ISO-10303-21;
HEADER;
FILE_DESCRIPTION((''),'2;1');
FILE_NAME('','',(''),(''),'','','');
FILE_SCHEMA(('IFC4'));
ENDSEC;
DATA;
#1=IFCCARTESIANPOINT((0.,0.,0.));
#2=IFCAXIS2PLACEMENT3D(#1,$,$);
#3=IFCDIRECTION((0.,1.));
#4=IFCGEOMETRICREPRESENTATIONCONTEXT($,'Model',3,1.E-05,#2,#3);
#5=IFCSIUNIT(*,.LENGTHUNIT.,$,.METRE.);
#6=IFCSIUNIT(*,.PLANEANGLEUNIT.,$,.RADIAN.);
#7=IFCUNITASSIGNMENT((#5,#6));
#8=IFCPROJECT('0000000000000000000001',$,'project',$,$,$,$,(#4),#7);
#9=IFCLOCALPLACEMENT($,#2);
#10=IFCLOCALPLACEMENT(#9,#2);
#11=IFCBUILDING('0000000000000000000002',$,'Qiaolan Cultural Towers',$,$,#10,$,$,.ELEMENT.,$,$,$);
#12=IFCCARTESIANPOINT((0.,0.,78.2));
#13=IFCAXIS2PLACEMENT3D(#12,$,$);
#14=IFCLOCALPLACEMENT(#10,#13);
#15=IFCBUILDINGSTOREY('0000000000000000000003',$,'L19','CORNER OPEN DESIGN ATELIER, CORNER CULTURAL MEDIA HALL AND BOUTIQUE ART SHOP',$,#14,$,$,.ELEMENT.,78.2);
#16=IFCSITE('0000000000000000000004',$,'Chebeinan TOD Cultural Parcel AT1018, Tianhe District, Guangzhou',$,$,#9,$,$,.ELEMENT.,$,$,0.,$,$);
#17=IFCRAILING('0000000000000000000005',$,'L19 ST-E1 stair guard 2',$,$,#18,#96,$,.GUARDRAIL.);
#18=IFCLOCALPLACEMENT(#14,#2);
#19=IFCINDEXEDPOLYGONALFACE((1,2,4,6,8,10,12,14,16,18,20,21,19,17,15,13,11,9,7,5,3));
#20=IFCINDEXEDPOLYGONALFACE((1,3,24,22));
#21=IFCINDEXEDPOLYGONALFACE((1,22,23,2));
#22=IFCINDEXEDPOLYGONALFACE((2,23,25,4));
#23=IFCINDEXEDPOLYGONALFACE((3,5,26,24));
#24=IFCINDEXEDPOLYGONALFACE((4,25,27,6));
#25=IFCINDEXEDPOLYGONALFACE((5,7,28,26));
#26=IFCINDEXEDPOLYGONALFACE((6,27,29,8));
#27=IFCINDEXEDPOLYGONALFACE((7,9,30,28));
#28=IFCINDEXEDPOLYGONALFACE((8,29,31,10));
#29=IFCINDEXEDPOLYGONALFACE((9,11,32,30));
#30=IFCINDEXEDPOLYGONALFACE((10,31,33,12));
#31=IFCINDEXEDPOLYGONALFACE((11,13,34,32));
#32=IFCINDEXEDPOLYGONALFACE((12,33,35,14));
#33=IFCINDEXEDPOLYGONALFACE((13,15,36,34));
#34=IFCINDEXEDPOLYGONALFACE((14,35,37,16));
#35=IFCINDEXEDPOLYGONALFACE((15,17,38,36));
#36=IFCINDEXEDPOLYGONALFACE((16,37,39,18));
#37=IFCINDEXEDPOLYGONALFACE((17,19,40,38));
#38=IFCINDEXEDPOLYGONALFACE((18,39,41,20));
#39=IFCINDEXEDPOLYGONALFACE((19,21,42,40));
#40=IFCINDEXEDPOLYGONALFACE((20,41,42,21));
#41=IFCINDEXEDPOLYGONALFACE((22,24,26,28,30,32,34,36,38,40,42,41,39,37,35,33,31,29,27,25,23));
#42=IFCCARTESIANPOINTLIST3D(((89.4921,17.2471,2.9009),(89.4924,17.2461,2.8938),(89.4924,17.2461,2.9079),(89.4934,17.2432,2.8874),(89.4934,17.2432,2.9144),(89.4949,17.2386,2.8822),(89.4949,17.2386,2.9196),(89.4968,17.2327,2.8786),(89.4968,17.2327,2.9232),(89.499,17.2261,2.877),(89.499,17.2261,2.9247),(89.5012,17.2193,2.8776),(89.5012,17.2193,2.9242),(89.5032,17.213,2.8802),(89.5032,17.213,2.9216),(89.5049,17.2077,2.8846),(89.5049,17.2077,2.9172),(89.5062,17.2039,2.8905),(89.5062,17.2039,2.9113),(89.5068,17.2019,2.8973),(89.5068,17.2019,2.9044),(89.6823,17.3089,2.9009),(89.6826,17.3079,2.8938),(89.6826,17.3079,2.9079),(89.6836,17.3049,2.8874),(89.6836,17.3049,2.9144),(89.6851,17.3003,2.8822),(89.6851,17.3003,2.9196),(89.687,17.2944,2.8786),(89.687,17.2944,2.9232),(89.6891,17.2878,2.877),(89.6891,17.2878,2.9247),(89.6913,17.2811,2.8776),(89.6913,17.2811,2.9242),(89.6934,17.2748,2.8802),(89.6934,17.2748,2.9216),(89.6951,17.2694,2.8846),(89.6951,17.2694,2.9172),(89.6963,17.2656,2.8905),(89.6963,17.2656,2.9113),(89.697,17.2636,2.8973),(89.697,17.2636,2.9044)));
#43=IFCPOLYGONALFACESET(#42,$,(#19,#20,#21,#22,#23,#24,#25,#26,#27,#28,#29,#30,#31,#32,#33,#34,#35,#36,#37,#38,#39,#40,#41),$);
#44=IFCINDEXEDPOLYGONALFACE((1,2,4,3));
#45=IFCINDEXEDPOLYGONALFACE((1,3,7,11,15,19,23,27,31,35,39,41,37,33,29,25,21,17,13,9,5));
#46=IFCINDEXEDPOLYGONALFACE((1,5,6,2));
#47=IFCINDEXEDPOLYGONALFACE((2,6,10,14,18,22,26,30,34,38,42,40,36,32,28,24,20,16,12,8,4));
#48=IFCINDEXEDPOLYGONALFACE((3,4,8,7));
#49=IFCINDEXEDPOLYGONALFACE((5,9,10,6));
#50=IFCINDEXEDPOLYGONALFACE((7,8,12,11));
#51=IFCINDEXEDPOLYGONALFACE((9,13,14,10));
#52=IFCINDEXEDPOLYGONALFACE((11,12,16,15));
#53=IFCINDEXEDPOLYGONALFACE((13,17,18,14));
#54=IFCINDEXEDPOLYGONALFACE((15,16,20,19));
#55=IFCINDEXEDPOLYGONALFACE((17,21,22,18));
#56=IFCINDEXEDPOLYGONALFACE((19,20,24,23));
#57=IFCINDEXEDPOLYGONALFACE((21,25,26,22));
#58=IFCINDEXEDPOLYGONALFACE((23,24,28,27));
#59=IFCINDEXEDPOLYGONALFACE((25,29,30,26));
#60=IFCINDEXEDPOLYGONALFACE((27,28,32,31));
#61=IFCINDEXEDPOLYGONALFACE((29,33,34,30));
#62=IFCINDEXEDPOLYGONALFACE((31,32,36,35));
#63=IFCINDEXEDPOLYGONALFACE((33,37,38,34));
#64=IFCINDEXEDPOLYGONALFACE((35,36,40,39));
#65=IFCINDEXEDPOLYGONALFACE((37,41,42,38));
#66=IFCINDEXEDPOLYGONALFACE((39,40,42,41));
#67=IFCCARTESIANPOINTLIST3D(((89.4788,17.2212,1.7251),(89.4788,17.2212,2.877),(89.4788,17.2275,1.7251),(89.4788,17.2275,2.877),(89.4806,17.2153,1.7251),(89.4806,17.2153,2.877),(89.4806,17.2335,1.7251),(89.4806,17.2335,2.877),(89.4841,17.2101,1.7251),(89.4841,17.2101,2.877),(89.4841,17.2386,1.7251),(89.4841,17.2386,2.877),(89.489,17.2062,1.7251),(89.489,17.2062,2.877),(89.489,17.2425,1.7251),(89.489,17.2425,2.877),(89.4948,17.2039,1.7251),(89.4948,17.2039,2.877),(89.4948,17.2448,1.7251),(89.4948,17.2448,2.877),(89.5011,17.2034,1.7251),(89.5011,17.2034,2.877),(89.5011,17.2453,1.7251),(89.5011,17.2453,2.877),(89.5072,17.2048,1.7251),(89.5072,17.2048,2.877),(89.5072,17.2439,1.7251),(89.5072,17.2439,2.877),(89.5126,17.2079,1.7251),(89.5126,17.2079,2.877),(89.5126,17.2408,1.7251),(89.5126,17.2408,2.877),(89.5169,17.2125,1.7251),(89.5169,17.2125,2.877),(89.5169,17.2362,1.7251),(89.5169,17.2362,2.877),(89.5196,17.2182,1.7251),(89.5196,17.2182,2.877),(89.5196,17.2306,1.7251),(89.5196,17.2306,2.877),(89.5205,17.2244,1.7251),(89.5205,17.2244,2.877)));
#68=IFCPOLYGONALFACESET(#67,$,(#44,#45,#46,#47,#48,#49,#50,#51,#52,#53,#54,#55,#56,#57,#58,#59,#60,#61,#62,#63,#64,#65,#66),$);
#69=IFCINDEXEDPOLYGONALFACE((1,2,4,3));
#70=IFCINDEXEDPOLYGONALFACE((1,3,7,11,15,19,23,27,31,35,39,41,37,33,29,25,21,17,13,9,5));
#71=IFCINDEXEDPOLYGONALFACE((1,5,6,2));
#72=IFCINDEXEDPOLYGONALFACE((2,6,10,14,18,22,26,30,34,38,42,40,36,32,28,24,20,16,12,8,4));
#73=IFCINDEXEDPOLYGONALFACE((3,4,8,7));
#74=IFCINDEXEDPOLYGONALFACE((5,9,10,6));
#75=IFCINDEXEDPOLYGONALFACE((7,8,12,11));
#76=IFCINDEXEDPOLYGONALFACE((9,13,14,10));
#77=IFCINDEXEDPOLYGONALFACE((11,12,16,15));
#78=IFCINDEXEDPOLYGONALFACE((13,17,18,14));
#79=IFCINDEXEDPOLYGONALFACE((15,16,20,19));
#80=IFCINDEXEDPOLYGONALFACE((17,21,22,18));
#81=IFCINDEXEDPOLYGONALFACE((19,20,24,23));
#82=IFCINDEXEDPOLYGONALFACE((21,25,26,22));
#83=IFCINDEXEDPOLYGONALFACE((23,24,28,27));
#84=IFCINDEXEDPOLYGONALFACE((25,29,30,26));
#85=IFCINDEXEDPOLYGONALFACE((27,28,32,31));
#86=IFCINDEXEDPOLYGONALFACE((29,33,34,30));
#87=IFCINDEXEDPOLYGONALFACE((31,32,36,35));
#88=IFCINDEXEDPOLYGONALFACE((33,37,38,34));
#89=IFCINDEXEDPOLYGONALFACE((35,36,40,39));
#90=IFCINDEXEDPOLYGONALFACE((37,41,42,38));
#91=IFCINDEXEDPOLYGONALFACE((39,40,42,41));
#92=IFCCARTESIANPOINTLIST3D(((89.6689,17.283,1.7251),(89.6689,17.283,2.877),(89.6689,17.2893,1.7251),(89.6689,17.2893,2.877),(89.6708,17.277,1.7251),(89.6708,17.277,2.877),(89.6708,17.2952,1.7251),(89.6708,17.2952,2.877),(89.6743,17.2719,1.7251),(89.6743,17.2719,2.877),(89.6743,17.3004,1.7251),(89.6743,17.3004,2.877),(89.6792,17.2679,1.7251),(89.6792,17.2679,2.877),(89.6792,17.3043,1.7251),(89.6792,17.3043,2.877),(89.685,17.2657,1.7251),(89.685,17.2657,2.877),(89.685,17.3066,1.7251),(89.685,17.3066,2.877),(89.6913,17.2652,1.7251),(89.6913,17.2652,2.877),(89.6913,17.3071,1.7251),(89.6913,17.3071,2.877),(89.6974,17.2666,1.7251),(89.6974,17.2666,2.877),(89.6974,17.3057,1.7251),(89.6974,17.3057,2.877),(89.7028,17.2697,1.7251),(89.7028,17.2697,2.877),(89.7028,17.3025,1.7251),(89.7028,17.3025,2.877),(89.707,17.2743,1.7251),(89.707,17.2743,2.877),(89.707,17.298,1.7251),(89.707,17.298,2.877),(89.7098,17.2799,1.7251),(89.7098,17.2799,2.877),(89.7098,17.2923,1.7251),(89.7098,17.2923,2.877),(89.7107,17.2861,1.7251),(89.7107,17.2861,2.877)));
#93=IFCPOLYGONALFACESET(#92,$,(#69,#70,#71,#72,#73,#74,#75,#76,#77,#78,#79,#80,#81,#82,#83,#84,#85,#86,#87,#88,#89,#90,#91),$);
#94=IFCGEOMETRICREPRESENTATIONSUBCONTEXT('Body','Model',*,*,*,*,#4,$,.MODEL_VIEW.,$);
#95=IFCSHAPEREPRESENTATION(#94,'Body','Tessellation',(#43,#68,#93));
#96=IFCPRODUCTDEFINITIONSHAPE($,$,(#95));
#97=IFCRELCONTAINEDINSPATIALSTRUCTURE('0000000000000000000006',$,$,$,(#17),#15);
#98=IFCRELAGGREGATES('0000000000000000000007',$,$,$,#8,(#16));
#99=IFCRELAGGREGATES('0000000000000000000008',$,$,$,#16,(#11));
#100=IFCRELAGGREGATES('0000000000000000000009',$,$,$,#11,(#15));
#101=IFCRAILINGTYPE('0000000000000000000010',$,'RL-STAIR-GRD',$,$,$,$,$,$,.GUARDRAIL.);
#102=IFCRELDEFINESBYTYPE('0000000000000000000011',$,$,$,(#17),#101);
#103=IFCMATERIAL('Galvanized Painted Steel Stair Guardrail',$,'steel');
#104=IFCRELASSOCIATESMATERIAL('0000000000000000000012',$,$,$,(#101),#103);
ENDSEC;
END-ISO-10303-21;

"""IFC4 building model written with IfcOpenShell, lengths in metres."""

from ifc_helpers import new_model, si_unit, direction, frame, origin, origin_2d, place, context, subcontext, project, spatial, circle, extrude, material, type_object, element, save


model = new_model("IFC4")

# Units and contexts
model_context = context("Model", 3, precision=1e-05, world=origin(), true_north=direction((0.0, 1.0)))
body_context = subcontext(model_context, "Body", "Model", "MODEL_VIEW")
ifc_project = project(units=[si_unit("LENGTHUNIT", "METRE"), si_unit("PLANEANGLEUNIT", "RADIAN")], contexts=[model_context])

# Site, building, storey
site_placement = place(None, origin())
site = spatial("IfcSite", under=ifc_project, at=site_placement, Name="Chebeinan TOD Cultural Parcel AT1018, Tianhe District, Guangzhou", CompositionType="ELEMENT", RefElevation=0.0)
building_placement = place(site_placement, origin())
building = spatial("IfcBuilding", under=site, at=building_placement, Name="Qiaolan Cultural Towers", CompositionType="ELEMENT")
storey_placement = place(building_placement, frame((0.0, 0.0, 78.2)))
storey = spatial("IfcBuildingStorey", under=building, at=storey_placement, Name="L19", Description="CORNER OPEN DESIGN ATELIER, CORNER CULTURAL MEDIA HALL AND BOUTIQUE ART SHOP", CompositionType="ELEMENT", Elevation=78.2)

# Railing
ifc_material_1 = material(Name="Galvanized Painted Steel Stair Guardrail", Category="steel")
railing_type = type_object("IfcRailingType", Name="RL-STAIR-GRD", PredefinedType="GUARDRAIL", material=ifc_material_1)
railing_1_placement = place(storey_placement, frame((89.4995, 17.2244, 1.7251)))
element("IfcRailing", 1, at=railing_1_placement, inside=storey, type_object=railing_type, Name="L19 ST-E1 stair guard 2", PredefinedType="GUARDRAIL", context=body_context, shape_type="SweptSolid", body=[
    extrude(circle(Radius=0.0239, at=origin_2d()), frame((0.0, 0.0, 1.1758), z_axis=(0.951097, 0.308893, 0.0), x_axis=(-0.308893, 0.951097, 0.0)), (0.0, 0.0, 1.0), 0.2),
    extrude(circle(Radius=0.021, at=origin_2d()), origin(), (0.0, 0.0, 1.0), 1.1519),
    extrude(circle(Radius=0.021, at=origin_2d()), frame((0.1902, 0.0618, 0.0)), (0.0, 0.0, 1.0), 1.1519),
])

save(model, "model.ifc")
